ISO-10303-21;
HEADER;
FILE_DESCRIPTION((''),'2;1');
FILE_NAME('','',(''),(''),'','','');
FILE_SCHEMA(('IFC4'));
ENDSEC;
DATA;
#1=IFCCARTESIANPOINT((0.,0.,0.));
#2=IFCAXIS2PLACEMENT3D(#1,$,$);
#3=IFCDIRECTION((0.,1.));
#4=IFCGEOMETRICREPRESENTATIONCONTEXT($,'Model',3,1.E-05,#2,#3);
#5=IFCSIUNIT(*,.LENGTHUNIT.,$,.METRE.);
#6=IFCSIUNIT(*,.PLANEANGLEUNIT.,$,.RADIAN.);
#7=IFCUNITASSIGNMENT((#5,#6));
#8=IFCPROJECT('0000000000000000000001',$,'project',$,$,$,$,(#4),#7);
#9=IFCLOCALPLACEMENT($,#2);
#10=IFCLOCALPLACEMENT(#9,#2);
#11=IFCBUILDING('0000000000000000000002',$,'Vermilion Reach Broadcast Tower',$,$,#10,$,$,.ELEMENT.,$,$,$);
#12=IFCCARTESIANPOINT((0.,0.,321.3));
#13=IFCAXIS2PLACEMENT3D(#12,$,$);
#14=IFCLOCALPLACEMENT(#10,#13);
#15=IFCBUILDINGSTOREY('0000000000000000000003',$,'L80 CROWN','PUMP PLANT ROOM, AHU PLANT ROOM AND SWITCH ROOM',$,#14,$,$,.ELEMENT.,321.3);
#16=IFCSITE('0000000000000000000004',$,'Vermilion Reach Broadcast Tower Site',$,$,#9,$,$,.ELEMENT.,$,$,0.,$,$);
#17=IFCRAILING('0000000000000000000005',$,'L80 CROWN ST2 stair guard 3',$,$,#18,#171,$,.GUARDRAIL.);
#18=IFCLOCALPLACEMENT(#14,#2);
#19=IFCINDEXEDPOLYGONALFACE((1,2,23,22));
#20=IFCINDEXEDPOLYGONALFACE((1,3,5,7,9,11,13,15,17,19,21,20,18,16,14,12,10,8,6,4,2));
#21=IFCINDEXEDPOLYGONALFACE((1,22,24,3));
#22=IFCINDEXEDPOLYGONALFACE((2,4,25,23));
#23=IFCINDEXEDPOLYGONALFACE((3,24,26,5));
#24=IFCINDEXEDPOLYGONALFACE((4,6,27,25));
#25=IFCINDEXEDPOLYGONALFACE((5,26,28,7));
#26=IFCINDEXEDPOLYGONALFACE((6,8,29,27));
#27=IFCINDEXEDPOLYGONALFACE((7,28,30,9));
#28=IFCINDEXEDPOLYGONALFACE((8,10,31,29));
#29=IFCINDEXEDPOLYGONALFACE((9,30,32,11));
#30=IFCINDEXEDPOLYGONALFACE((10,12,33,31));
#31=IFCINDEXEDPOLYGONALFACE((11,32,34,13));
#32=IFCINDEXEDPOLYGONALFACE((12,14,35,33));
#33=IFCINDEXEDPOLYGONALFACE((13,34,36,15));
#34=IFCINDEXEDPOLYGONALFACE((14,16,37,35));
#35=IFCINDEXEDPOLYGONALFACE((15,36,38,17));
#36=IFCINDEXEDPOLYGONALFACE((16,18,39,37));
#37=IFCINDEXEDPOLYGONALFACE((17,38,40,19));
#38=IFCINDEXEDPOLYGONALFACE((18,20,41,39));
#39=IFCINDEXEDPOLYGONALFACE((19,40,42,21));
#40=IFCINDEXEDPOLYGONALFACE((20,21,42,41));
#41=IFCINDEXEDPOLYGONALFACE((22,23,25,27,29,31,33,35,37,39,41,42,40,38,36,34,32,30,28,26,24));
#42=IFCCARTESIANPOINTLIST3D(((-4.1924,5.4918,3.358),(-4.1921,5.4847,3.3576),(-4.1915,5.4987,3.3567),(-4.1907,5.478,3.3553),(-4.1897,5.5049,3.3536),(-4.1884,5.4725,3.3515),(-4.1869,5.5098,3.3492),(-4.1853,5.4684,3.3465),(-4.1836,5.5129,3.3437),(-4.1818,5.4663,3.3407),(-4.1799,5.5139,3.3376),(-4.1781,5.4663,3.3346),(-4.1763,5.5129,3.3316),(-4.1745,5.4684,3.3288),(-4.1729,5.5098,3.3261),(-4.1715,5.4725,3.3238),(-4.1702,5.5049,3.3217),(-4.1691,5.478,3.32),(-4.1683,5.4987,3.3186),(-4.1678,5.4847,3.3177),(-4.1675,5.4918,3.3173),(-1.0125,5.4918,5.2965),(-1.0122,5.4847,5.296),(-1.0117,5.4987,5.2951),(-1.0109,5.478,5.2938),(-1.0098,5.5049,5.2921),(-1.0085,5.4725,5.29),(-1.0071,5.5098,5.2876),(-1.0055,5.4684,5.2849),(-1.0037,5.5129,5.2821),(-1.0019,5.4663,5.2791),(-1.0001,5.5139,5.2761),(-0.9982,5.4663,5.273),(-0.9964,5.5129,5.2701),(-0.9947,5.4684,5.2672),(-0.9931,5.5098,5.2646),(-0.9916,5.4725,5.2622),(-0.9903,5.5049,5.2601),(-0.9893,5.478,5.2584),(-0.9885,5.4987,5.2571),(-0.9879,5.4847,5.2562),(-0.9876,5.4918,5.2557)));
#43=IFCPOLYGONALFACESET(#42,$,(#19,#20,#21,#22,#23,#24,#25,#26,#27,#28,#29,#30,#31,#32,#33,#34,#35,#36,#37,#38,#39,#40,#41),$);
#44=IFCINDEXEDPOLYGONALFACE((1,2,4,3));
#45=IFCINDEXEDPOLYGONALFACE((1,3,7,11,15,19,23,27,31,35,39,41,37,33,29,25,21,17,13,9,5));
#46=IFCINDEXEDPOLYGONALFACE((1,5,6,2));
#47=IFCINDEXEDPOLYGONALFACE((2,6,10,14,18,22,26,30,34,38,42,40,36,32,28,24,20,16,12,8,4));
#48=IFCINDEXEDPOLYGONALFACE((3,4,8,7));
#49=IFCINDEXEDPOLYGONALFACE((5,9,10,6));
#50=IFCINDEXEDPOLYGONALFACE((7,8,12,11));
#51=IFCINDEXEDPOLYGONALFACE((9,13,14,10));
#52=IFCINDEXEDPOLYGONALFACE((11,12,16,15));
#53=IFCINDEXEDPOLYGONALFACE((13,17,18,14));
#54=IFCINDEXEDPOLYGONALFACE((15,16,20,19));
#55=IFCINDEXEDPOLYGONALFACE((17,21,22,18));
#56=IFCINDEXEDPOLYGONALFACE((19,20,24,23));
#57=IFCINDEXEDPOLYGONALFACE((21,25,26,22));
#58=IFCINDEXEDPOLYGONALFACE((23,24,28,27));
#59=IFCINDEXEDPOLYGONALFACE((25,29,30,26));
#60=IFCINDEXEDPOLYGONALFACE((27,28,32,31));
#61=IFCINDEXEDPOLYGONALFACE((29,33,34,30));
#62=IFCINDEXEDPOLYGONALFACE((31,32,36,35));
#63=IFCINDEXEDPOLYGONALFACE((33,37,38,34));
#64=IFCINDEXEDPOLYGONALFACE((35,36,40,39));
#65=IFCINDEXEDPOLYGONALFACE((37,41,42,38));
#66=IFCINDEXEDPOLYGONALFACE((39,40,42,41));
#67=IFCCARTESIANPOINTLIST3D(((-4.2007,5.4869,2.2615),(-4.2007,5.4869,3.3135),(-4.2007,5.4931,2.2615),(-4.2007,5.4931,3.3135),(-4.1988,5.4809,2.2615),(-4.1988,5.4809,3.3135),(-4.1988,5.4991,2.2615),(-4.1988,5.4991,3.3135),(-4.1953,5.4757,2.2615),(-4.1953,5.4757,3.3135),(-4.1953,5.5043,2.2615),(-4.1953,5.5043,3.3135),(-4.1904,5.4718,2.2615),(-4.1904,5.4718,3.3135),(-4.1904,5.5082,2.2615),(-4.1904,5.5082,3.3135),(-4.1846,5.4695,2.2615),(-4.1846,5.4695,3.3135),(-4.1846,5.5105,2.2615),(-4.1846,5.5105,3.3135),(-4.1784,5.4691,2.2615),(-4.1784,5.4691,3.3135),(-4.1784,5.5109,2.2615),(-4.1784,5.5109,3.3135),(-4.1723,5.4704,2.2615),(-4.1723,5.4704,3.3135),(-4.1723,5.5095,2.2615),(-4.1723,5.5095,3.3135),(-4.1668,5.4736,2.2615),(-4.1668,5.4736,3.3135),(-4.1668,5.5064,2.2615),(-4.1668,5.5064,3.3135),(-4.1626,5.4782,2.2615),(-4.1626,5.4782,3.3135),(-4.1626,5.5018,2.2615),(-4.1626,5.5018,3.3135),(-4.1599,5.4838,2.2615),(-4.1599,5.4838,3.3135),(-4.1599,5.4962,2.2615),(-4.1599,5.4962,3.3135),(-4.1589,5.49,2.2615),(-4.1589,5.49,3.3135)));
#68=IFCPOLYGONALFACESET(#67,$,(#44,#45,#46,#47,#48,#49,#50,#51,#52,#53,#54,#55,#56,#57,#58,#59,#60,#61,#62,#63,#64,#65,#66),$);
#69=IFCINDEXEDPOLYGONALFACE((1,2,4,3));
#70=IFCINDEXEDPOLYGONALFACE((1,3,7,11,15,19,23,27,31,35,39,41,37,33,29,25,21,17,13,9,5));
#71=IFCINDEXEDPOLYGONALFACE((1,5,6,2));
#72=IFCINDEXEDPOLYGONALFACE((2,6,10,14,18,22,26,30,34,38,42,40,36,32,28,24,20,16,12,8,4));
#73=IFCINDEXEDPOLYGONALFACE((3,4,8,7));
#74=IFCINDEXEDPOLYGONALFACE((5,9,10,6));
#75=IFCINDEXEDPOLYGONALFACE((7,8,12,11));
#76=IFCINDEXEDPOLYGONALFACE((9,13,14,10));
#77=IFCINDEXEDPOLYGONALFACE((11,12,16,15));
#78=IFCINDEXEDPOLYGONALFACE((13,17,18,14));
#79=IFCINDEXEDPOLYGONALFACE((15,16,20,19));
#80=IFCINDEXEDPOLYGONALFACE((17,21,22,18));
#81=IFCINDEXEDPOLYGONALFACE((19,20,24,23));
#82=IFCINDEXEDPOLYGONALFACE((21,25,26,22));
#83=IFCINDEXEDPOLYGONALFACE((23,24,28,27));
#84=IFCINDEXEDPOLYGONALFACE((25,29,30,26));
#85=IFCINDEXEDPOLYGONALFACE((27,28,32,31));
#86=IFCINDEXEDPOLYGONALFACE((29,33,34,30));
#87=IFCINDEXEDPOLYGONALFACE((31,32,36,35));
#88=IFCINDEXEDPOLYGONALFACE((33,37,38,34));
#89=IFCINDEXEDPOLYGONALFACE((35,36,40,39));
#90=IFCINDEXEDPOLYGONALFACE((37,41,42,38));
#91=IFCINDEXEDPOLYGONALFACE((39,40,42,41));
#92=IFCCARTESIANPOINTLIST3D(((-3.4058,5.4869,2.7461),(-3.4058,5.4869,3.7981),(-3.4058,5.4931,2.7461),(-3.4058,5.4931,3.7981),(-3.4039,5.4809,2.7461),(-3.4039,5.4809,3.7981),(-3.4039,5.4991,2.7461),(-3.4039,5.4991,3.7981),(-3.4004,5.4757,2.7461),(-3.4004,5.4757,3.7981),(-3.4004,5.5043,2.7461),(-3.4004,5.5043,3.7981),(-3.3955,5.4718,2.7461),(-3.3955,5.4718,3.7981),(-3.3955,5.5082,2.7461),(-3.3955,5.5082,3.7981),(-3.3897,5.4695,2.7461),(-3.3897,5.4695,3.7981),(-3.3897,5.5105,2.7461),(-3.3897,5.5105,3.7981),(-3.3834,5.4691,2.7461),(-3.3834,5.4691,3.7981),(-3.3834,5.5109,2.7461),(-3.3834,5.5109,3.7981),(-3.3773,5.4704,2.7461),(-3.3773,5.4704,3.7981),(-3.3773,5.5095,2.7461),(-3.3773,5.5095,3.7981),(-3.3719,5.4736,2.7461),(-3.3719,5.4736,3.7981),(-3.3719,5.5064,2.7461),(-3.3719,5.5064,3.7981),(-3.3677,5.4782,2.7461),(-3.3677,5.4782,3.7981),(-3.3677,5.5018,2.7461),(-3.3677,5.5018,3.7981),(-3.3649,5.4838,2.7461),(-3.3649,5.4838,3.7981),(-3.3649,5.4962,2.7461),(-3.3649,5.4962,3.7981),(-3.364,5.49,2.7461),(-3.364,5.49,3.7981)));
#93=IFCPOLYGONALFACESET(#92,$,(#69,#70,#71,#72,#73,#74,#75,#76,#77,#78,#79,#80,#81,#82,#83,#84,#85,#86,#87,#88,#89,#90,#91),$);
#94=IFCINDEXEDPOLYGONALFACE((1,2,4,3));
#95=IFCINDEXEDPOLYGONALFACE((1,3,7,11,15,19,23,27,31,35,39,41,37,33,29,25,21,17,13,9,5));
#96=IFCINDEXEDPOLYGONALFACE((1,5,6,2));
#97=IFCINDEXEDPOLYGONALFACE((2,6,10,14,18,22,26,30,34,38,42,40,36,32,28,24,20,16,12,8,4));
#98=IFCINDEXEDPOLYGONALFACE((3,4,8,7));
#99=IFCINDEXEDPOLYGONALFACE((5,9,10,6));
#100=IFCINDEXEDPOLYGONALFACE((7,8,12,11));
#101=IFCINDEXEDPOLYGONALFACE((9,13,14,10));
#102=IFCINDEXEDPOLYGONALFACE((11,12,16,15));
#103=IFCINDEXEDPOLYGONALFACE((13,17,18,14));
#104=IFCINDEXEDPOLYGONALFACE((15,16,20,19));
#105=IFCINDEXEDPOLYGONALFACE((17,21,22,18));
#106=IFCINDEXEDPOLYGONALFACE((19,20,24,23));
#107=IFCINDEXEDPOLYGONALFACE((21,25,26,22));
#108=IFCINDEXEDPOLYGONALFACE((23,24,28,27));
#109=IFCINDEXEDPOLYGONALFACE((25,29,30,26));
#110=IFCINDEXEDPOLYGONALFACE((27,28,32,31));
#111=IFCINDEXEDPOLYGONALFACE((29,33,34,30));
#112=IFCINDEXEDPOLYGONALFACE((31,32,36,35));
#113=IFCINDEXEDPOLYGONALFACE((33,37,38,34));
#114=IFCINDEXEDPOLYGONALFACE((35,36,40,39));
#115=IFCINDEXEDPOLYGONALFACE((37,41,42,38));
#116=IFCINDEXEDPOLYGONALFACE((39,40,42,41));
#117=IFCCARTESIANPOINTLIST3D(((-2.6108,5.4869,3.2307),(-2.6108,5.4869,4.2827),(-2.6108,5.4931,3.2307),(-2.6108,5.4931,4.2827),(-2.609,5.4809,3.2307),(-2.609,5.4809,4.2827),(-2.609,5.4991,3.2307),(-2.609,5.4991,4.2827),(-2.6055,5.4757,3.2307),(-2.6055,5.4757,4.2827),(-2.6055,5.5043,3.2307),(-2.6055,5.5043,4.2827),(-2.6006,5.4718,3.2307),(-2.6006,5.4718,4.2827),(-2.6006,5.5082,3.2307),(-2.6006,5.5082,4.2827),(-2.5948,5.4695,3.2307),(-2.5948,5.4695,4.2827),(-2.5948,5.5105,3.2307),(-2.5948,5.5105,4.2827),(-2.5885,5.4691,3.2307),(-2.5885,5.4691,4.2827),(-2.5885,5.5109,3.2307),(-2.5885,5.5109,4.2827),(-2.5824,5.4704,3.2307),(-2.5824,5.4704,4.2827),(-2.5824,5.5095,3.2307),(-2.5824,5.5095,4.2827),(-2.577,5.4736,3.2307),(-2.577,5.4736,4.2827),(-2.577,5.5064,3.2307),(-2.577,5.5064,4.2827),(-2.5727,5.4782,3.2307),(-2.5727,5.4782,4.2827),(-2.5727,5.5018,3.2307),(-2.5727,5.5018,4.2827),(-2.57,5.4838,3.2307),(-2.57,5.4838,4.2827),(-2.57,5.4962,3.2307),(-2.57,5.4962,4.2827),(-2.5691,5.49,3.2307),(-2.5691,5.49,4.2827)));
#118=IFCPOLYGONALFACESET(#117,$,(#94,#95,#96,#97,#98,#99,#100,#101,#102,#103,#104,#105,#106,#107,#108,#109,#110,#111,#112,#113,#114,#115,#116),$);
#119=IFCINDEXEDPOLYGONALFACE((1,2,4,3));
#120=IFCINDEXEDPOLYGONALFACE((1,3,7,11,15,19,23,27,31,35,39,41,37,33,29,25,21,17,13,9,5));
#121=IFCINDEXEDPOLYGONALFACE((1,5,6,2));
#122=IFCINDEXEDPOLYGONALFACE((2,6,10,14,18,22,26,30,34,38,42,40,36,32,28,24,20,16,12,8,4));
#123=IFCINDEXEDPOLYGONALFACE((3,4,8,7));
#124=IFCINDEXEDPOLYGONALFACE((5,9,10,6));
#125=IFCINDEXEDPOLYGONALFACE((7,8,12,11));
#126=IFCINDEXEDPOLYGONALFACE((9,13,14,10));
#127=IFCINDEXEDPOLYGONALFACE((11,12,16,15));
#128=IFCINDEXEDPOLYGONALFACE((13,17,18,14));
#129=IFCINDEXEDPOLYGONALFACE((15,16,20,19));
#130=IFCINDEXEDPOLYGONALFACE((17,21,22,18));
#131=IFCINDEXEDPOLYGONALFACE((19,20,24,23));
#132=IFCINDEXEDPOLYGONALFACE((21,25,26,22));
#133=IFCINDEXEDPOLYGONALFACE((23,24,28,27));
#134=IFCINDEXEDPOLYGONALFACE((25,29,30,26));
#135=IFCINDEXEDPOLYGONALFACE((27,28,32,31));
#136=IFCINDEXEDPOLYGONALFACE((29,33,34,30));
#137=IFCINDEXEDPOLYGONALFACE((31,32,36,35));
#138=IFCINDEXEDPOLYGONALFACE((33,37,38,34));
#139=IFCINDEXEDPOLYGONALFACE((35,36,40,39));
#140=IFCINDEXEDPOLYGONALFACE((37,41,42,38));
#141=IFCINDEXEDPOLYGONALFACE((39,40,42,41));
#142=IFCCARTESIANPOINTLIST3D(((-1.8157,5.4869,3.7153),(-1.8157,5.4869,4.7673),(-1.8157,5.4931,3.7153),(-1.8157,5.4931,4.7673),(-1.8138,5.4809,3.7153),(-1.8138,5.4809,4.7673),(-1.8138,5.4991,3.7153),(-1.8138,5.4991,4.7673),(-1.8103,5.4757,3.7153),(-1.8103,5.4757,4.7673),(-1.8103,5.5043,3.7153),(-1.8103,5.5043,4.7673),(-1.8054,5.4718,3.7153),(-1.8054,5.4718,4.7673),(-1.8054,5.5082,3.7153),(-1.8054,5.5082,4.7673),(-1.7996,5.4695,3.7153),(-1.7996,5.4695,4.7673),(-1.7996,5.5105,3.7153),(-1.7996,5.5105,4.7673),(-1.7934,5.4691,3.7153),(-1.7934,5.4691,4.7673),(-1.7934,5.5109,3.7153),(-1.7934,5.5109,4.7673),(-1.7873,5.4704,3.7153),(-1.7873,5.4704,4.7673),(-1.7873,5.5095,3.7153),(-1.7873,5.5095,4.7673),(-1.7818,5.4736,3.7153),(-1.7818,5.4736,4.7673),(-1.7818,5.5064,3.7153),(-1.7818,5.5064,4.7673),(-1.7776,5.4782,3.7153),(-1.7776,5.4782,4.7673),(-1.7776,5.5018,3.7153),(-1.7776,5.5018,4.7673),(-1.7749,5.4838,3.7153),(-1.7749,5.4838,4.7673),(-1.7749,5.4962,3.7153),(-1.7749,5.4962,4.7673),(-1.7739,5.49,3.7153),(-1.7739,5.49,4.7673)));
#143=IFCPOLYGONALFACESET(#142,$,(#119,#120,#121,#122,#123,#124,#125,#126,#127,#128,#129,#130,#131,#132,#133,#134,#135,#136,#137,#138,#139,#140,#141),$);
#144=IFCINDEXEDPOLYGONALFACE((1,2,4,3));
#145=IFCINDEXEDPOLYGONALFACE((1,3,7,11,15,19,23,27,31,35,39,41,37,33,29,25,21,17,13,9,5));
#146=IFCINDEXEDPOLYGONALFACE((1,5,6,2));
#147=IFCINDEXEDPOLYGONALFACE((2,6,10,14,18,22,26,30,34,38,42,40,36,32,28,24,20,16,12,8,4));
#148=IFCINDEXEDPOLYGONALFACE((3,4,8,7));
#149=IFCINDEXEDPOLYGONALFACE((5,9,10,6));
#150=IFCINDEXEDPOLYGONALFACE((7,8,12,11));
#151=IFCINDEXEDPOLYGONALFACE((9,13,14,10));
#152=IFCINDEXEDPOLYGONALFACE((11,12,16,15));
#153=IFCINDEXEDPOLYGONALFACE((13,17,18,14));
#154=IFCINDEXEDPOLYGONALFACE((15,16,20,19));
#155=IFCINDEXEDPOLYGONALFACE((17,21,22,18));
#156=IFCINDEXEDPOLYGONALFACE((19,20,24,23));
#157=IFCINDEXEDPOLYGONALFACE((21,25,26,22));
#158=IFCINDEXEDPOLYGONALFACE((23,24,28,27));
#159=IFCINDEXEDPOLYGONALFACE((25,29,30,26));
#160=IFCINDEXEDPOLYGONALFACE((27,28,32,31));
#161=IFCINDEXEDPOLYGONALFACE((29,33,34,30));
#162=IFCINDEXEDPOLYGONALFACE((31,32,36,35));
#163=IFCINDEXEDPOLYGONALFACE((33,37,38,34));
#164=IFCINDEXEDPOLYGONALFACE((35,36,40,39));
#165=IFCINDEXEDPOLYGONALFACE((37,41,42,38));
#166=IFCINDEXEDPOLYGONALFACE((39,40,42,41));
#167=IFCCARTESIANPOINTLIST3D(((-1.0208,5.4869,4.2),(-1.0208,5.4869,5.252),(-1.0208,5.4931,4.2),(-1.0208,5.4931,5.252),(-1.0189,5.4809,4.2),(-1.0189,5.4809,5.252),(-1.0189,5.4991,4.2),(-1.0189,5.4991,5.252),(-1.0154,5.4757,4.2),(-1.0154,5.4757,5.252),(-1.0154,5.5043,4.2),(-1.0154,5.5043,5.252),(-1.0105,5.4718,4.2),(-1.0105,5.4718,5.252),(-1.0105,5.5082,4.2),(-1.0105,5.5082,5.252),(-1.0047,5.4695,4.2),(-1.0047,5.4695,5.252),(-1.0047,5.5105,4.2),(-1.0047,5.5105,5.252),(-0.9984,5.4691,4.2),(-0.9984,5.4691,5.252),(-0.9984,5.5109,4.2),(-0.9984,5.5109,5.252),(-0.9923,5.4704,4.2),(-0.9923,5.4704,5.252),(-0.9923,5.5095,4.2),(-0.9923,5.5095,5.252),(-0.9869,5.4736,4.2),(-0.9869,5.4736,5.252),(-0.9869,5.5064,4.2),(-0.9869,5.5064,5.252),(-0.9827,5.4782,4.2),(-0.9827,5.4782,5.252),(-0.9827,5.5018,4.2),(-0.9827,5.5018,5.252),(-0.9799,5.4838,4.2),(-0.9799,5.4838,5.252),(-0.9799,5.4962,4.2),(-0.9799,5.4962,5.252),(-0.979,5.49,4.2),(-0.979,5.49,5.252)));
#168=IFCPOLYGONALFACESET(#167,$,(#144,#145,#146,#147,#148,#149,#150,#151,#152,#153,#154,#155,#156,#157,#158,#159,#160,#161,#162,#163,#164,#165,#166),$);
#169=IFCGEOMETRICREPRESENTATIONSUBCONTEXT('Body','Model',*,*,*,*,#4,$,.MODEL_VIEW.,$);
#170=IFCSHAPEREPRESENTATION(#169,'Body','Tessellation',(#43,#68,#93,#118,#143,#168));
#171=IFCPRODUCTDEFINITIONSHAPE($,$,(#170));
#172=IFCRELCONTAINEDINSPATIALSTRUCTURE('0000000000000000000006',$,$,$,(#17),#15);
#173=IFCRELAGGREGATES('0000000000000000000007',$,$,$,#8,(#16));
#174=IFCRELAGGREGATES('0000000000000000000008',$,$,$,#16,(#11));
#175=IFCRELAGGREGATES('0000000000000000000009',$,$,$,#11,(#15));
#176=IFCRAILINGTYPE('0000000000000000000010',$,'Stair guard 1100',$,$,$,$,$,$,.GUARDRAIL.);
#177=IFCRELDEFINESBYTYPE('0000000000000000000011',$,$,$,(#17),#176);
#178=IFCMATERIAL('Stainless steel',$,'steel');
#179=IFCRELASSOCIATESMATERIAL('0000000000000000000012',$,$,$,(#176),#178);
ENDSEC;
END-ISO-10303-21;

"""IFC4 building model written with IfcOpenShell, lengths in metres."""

from ifc_helpers import new_model, si_unit, direction, frame, origin, origin_2d, place, context, subcontext, project, spatial, circle, extrude, material, type_object, element, save


model = new_model("IFC4")

# Units and contexts
model_context = context("Model", 3, precision=1e-05, world=origin(), true_north=direction((0.0, 1.0)))
body_context = subcontext(model_context, "Body", "Model", "MODEL_VIEW")
ifc_project = project(units=[si_unit("LENGTHUNIT", "METRE"), si_unit("PLANEANGLEUNIT", "RADIAN")], contexts=[model_context])

# Site, building, storey
site_placement = place(None, origin())
site = spatial("IfcSite", under=ifc_project, at=site_placement, Name="Vermilion Reach Broadcast Tower Site", CompositionType="ELEMENT", RefElevation=0.0)
building_placement = place(site_placement, origin())
building = spatial("IfcBuilding", under=site, at=building_placement, Name="Vermilion Reach Broadcast Tower", CompositionType="ELEMENT")
storey_placement = place(building_placement, frame((0.0, 0.0, 321.3)))
storey = spatial("IfcBuildingStorey", under=building, at=storey_placement, Name="L80 CROWN", Description="PUMP PLANT ROOM, AHU PLANT ROOM AND SWITCH ROOM", CompositionType="ELEMENT", Elevation=321.3)

# Railing
ifc_material_1 = material(Name="Stainless steel", Category="steel")
railing_type_1 = type_object("IfcRailingType", Name="Stair guard 1100", PredefinedType="GUARDRAIL", material=ifc_material_1)
railing_1_placement = place(storey_placement, frame((-4.1799, 5.49, 2.2615)))
element("IfcRailing", 1, at=railing_1_placement, inside=storey, type_object=railing_type_1, Name="L80 CROWN ST2 stair guard 3", PredefinedType="GUARDRAIL", context=body_context, shape_type="SweptSolid", body=[
    extrude(circle(Radius=0.0239, at=origin_2d()), frame((0.0, 0.0, 1.0762), z_axis=(0.853857, 0.0, 0.520508), x_axis=(0.0, 1.0, 0.0)), (0.0, 0.0, 1.0), 3.7241),
    extrude(circle(Radius=0.021, at=origin_2d()), origin(), (0.0, 0.0, 1.0), 1.052),
    extrude(circle(Radius=0.021, at=origin_2d()), frame((0.7949, 0.0, 0.4846)), (0.0, 0.0, 1.0), 1.052),
    extrude(circle(Radius=0.021, at=origin_2d()), frame((1.5898, 0.0, 0.9692)), (0.0, 0.0, 1.0), 1.052),
    extrude(circle(Radius=0.021, at=origin_2d()), frame((2.385, 0.0, 1.4539)), (0.0, 0.0, 1.0), 1.052),
    extrude(circle(Radius=0.021, at=origin_2d()), frame((3.1799, 0.0, 1.9385)), (0.0, 0.0, 1.0), 1.052),
])

save(model, "model.ifc")
